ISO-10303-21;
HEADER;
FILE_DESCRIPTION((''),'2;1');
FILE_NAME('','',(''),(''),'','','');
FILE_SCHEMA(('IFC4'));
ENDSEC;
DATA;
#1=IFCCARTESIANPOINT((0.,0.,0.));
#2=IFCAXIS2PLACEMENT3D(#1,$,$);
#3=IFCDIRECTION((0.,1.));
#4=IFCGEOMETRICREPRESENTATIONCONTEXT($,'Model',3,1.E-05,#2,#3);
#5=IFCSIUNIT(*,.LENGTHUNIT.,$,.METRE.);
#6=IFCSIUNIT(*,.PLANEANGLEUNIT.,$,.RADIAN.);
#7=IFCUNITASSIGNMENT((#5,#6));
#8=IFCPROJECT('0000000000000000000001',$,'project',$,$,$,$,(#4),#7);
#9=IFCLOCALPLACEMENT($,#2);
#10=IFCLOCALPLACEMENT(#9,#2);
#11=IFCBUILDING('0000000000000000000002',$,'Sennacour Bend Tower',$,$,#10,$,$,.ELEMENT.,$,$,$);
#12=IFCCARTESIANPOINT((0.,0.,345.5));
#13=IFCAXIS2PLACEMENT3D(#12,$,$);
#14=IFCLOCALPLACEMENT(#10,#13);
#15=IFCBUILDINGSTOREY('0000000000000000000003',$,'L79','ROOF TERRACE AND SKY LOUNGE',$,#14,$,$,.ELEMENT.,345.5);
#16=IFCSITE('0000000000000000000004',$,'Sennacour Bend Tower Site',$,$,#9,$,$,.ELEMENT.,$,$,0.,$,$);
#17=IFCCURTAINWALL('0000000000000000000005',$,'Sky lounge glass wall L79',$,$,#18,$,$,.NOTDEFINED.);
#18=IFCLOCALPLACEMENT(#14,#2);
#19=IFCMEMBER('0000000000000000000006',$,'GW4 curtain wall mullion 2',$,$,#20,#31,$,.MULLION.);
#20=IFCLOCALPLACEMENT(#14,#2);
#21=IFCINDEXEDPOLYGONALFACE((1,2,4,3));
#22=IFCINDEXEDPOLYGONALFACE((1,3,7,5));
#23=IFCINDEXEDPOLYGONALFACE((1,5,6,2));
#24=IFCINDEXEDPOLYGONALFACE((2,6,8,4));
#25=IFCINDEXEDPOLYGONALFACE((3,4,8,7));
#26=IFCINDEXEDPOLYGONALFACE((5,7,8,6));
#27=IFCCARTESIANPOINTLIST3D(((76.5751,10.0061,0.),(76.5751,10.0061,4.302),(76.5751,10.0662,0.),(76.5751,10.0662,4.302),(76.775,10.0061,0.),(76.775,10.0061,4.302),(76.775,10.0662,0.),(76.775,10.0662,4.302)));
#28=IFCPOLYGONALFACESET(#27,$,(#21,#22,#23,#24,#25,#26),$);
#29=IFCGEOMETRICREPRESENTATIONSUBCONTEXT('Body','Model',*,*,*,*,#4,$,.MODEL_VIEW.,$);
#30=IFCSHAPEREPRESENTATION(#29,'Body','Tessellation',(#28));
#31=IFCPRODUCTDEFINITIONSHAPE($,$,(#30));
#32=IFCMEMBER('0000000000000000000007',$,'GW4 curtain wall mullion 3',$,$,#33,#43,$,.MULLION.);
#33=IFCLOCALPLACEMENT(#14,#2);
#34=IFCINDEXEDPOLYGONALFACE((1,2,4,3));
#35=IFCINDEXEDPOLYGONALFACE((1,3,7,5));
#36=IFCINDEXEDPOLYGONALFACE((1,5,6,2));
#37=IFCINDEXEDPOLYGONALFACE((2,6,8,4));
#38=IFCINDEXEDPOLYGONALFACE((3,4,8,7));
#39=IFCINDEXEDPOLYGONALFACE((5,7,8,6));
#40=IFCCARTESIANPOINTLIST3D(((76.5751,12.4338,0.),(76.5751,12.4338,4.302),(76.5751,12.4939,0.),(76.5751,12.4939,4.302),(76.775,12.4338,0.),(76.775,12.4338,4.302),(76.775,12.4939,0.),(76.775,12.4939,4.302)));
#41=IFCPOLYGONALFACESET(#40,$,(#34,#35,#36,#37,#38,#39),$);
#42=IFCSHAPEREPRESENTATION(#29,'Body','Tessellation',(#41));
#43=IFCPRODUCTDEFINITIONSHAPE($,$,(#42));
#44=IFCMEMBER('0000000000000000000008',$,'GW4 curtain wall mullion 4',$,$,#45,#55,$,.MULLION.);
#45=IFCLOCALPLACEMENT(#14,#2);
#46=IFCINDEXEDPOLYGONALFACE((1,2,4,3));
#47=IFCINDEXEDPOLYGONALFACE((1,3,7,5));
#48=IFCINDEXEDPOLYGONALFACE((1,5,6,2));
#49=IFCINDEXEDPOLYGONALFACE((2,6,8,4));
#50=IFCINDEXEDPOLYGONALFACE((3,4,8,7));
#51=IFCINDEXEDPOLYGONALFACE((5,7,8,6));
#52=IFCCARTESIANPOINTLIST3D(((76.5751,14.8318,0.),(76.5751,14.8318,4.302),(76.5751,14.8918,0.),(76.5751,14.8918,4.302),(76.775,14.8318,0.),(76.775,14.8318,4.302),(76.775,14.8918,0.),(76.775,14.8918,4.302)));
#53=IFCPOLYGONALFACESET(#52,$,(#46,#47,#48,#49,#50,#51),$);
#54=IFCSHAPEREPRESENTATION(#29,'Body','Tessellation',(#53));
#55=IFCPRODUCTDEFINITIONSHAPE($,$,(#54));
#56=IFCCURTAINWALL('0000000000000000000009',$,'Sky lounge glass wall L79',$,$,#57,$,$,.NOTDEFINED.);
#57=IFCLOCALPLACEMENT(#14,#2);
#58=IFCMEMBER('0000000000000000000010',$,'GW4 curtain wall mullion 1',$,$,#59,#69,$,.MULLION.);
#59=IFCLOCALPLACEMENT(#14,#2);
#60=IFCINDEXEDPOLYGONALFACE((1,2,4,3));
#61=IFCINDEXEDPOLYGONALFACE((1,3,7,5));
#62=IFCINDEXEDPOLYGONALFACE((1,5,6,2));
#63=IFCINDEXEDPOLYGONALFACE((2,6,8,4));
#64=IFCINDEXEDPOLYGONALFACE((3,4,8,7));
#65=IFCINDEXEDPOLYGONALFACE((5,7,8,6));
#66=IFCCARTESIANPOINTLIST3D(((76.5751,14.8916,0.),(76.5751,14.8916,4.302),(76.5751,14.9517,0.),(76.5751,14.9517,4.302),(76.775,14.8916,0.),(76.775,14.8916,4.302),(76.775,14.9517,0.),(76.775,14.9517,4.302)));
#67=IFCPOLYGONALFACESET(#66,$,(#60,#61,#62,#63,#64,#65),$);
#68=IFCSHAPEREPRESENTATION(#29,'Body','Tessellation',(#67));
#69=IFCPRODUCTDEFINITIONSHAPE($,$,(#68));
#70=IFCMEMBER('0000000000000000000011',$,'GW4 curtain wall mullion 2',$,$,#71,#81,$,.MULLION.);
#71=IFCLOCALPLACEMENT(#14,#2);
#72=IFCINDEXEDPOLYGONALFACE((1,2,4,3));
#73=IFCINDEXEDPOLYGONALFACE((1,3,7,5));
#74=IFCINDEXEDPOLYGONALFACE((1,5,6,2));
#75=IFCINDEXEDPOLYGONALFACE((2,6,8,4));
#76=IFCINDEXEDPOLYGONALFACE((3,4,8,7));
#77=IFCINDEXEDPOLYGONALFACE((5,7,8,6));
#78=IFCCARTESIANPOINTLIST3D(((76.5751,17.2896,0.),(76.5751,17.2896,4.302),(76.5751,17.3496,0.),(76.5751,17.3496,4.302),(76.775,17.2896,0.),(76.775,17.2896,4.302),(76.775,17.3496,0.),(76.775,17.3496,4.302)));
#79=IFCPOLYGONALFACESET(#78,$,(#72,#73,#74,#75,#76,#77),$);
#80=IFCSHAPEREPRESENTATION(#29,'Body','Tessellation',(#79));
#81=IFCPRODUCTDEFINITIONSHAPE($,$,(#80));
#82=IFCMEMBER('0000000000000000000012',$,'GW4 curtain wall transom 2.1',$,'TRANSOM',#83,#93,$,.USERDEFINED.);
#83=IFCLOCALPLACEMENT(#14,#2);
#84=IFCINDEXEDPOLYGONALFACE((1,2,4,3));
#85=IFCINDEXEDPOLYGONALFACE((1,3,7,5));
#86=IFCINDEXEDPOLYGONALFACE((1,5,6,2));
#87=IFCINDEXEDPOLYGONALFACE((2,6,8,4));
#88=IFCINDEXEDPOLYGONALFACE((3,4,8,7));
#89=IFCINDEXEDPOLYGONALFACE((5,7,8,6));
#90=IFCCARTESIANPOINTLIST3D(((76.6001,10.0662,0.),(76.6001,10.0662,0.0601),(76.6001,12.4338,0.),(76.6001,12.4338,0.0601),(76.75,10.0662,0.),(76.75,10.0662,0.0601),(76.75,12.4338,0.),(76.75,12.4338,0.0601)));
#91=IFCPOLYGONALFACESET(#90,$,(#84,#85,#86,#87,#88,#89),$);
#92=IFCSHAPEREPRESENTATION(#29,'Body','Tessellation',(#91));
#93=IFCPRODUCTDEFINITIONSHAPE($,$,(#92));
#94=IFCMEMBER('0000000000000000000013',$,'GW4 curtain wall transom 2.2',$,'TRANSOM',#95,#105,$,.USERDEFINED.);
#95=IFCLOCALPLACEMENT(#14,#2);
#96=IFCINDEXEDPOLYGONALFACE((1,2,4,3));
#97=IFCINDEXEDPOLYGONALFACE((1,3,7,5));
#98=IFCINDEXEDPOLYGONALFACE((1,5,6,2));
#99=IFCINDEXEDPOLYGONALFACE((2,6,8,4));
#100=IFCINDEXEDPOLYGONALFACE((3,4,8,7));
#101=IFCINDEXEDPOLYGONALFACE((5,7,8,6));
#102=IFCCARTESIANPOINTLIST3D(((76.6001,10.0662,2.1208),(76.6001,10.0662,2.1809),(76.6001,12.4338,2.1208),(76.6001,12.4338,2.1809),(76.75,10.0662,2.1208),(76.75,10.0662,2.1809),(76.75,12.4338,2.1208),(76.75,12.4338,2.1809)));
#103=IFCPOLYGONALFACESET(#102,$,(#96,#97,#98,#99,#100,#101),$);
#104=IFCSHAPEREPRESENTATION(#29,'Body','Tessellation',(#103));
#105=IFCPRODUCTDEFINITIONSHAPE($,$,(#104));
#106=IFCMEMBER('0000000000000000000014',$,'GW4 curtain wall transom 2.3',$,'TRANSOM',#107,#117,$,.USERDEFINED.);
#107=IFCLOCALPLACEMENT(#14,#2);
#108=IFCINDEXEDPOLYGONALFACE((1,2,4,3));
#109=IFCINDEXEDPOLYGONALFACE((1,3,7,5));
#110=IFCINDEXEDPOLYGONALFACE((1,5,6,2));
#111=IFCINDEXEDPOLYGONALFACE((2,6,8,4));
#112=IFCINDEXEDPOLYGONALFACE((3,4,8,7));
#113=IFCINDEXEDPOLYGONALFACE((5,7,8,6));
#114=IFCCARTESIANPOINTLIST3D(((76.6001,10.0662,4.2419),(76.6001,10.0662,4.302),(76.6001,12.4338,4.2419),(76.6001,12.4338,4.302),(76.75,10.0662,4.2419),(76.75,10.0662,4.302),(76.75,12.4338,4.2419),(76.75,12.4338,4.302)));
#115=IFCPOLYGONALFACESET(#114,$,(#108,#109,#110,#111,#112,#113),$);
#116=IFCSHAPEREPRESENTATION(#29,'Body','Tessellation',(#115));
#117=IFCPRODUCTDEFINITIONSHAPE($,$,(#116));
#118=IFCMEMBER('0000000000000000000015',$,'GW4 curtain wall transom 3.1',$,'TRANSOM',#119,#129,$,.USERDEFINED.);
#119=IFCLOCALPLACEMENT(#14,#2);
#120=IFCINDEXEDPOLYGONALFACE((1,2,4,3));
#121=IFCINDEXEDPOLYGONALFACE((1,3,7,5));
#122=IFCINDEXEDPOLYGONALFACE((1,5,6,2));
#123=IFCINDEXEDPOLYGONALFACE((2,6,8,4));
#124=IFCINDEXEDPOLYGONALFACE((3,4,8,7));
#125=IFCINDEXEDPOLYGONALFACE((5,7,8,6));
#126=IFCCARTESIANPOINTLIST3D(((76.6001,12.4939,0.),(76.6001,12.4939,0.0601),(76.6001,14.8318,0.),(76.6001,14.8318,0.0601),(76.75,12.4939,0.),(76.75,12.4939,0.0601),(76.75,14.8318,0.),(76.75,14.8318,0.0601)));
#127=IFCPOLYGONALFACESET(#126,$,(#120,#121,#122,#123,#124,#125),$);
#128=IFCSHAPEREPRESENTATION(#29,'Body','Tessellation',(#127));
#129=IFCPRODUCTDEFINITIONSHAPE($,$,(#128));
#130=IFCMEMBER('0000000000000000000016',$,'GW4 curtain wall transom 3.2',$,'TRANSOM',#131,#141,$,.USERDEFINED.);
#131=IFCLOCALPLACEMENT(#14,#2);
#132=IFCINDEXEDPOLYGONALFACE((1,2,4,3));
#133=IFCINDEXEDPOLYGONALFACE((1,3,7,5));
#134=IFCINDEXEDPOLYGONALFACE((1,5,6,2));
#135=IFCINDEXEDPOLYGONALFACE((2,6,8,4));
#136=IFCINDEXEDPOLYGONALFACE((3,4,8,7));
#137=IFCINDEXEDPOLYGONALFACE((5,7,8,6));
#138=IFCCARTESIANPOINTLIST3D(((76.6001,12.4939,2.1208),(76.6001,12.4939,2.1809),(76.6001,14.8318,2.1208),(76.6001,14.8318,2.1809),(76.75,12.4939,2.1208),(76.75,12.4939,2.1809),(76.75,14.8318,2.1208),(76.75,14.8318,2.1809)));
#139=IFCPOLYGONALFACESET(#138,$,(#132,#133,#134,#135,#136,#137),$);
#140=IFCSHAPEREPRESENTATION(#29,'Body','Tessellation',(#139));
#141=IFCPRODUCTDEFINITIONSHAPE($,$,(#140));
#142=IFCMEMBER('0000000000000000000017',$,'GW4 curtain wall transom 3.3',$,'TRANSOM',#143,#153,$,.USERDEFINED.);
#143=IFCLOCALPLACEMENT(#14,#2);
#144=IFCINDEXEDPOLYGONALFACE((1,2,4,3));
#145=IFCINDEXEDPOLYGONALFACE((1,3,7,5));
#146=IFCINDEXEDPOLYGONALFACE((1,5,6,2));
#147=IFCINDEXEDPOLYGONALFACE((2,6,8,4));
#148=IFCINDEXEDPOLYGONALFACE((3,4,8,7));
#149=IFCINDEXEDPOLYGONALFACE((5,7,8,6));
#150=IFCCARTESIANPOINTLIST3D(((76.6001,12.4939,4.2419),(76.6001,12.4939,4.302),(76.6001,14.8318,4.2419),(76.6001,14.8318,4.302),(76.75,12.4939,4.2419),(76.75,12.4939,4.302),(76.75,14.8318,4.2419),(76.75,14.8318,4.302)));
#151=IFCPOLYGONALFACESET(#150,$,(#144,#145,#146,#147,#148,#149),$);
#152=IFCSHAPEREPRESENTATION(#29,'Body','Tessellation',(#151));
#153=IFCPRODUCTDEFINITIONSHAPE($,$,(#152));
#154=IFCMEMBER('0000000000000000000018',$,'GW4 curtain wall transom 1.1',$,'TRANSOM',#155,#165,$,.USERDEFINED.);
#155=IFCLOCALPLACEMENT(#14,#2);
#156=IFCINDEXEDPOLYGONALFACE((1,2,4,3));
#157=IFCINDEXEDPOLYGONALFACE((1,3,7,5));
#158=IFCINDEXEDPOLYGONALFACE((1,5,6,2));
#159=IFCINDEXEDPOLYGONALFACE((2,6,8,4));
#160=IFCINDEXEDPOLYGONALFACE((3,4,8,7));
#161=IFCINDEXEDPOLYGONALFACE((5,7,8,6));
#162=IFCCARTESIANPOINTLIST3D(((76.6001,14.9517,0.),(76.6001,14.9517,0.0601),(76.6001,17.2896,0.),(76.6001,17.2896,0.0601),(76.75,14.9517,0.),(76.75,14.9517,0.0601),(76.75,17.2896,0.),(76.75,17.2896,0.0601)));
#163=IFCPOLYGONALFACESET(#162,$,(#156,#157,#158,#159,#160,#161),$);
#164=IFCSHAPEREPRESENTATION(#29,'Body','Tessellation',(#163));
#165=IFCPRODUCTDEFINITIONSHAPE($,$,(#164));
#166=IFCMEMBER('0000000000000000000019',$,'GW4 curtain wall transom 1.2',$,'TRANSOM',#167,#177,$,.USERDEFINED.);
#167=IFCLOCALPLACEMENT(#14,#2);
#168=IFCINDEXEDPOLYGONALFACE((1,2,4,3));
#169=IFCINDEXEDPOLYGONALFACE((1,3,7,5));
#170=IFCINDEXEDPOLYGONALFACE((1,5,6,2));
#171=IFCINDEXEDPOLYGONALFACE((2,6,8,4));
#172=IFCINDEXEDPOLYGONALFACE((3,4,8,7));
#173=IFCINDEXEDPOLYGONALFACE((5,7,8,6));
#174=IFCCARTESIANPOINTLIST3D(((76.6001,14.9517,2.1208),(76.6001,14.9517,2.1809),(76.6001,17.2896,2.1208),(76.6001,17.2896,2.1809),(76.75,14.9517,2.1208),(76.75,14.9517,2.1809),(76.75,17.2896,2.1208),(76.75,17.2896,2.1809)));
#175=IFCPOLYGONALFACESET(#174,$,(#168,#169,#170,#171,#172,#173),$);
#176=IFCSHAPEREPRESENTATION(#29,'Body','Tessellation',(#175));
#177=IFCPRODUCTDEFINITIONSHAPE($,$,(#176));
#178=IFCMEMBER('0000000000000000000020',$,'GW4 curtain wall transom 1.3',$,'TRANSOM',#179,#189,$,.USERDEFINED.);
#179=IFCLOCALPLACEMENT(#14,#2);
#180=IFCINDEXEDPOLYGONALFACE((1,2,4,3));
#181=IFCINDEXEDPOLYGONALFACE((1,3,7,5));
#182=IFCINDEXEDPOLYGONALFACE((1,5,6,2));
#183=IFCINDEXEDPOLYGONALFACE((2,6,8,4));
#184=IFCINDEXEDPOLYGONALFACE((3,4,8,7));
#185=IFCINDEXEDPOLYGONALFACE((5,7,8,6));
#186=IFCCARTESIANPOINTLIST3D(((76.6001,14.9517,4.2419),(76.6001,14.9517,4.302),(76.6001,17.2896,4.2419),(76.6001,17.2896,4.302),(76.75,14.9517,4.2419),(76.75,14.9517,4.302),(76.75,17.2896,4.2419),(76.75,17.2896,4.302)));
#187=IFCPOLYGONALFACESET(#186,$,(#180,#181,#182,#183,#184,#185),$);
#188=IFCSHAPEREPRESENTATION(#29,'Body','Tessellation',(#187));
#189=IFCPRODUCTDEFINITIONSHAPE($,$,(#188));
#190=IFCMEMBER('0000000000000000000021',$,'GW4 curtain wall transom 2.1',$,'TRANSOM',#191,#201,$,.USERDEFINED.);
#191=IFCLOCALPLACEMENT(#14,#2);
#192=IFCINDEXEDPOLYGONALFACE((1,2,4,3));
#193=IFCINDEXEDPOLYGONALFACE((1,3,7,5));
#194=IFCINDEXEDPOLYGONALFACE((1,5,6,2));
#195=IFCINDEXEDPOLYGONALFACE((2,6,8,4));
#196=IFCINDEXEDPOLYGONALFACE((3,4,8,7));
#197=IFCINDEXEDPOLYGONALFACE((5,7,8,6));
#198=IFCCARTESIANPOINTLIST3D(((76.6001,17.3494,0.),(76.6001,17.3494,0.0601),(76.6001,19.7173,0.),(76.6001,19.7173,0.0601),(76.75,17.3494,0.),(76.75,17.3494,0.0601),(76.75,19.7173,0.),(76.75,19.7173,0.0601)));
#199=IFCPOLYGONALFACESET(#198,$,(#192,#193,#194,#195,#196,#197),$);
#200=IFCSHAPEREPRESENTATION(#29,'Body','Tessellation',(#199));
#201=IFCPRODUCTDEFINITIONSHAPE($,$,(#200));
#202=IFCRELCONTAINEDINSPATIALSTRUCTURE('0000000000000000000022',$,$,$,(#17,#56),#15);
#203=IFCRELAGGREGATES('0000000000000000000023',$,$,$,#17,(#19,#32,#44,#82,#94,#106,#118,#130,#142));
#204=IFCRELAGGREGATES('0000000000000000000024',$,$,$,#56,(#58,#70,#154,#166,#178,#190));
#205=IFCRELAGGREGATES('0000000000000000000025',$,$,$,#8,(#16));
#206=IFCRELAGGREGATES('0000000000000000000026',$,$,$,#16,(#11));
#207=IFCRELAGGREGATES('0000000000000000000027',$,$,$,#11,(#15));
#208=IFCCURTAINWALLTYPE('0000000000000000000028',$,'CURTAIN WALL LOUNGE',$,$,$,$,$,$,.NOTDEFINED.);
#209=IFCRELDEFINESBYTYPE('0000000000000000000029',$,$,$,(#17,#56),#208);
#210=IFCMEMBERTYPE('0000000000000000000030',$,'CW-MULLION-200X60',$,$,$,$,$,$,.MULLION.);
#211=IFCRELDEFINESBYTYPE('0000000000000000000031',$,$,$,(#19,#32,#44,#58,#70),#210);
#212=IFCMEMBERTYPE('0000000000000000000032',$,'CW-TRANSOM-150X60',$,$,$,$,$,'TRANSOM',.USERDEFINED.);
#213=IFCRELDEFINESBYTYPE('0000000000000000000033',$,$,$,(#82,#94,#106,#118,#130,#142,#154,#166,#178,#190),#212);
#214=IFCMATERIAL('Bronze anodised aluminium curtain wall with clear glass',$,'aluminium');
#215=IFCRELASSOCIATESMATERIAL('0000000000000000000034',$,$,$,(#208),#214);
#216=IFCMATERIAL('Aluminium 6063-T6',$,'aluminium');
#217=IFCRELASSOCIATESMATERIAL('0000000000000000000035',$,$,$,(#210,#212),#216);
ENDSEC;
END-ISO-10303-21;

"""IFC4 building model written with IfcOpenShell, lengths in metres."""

from ifc_helpers import new_model, si_unit, direction, frame, origin, origin_2d, place, context, subcontext, project, spatial, rectangle, extrude, material, material_profile, profile_set, type_object, element, aggregate, save


model = new_model("IFC4")

# Units and contexts
model_context = context("Model", 3, precision=1e-05, world=origin(), true_north=direction((0.0, 1.0)))
body_context = subcontext(model_context, "Body", "Model", "MODEL_VIEW")
ifc_project = project(units=[si_unit("LENGTHUNIT", "METRE"), si_unit("PLANEANGLEUNIT", "RADIAN")], contexts=[model_context])

# Site, building, storey
site_placement = place(None, origin())
site = spatial("IfcSite", under=ifc_project, at=site_placement, Name="Sennacour Bend Tower Site", CompositionType="ELEMENT", RefElevation=0.0)
building_placement = place(site_placement, origin())
building = spatial("IfcBuilding", under=site, at=building_placement, Name="Sennacour Bend Tower", CompositionType="ELEMENT")
storey_placement = place(building_placement, frame((0.0, 0.0, 345.5)))
storey = spatial("IfcBuildingStorey", under=building, at=storey_placement, Name="L79", Description="ROOF TERRACE AND SKY LOUNGE", CompositionType="ELEMENT", Elevation=345.5)

# Curtain walls, members
ifc_material_1 = material(Name="Bronze anodised aluminium curtain wall with clear glass", Category="aluminium")
curtain_wall_type = type_object("IfcCurtainWallType", Name="CURTAIN WALL LOUNGE", PredefinedType="NOTDEFINED", material=ifc_material_1)
curtain_wall_1_placement = place(storey_placement, origin())
curtain_wall_1 = element("IfcCurtainWall", 1, at=curtain_wall_1_placement, inside=storey, type_object=curtain_wall_type, Name="Sky lounge glass wall L79", PredefinedType="NOTDEFINED")
ifc_material_2 = material(Name="Aluminium 6063-T6", Category="aluminium")
ifc_material_profile_1 = material_profile(ifc_material_2, rectangle(XDim=0.2, YDim=0.0601, at=origin_2d()), Name="Aluminium 6063-T6", Category="aluminium")
ifc_profile_set_1 = profile_set([ifc_material_profile_1], Name="Aluminium 6063-T6")
member_type_1 = type_object("IfcMemberType", Name="CW-MULLION-200X60", PredefinedType="MULLION", material=ifc_profile_set_1)
member_1_placement = place(storey_placement, frame((76.675, 10.0361, 0.0), z_axis=(0.0, 0.0, 1.0), x_axis=(-1.0, 0.0, 0.0)))
member_1 = element("IfcMember", 2, at=member_1_placement, type_object=member_type_1, Name="GW4 curtain wall mullion 2", PredefinedType="MULLION", context=body_context, shape_type="SweptSolid", body=[
    extrude(rectangle(XDim=0.2, YDim=0.0601, at=origin_2d()), origin(), (0.0, 0.0, 1.0), 4.302),
])
member_2_placement = place(storey_placement, frame((76.675, 12.4639, 0.0), z_axis=(0.0, 0.0, 1.0), x_axis=(-1.0, 0.0, 0.0)))
member_2 = element("IfcMember", 3, at=member_2_placement, type_object=member_type_1, Name="GW4 curtain wall mullion 3", PredefinedType="MULLION", context=body_context, shape_type="SweptSolid", body=[
    extrude(rectangle(XDim=0.2, YDim=0.0601, at=origin_2d()), origin(), (0.0, 0.0, 1.0), 4.302),
])
member_3_placement = place(storey_placement, frame((76.675, 14.8618, 0.0), z_axis=(0.0, 0.0, 1.0), x_axis=(-1.0, 0.0, 0.0)))
member_3 = element("IfcMember", 4, at=member_3_placement, type_object=member_type_1, Name="GW4 curtain wall mullion 4", PredefinedType="MULLION", context=body_context, shape_type="SweptSolid", body=[
    extrude(rectangle(XDim=0.2, YDim=0.0601, at=origin_2d()), origin(), (0.0, 0.0, 1.0), 4.302),
])
curtain_wall_2_placement = place(storey_placement, origin())
curtain_wall_2 = element("IfcCurtainWall", 5, at=curtain_wall_2_placement, inside=storey, type_object=curtain_wall_type, Name="Sky lounge glass wall L79", PredefinedType="NOTDEFINED")
member_4_placement = place(storey_placement, frame((76.675, 14.9216, 0.0), z_axis=(0.0, 0.0, 1.0), x_axis=(-1.0, 0.0, 0.0)))
member_4 = element("IfcMember", 6, at=member_4_placement, type_object=member_type_1, Name="GW4 curtain wall mullion 1", PredefinedType="MULLION", context=body_context, shape_type="SweptSolid", body=[
    extrude(rectangle(XDim=0.2, YDim=0.0601, at=origin_2d()), origin(), (0.0, 0.0, 1.0), 4.302),
])
member_5_placement = place(storey_placement, frame((76.675, 17.3196, 0.0), z_axis=(0.0, 0.0, 1.0), x_axis=(-1.0, 0.0, 0.0)))
member_5 = element("IfcMember", 7, at=member_5_placement, type_object=member_type_1, Name="GW4 curtain wall mullion 2", PredefinedType="MULLION", context=body_context, shape_type="SweptSolid", body=[
    extrude(rectangle(XDim=0.2, YDim=0.0601, at=origin_2d()), origin(), (0.0, 0.0, 1.0), 4.302),
])

# Members
ifc_material_profile_2 = material_profile(ifc_material_2, rectangle(XDim=0.1499, YDim=0.0601, at=origin_2d()), Name="Aluminium 6063-T6", Category="aluminium")
ifc_profile_set_2 = profile_set([ifc_material_profile_2], Name="Aluminium 6063-T6")
member_type_2 = type_object("IfcMemberType", Name="CW-TRANSOM-150X60", ElementType="TRANSOM", PredefinedType="USERDEFINED", material=ifc_profile_set_2)
member_6_placement = place(storey_placement, frame((76.675, 10.0662, 0.03), z_axis=(0.0, 1.0, 0.0), x_axis=(-1.0, 0.0, 0.0)))
member_6 = element("IfcMember", 8, at=member_6_placement, type_object=member_type_2, Name="GW4 curtain wall transom 2.1", ObjectType="TRANSOM", PredefinedType="USERDEFINED", context=body_context, shape_type="SweptSolid", body=[
    extrude(rectangle(XDim=0.1499, YDim=0.0601, at=origin_2d()), origin(), (0.0, 0.0, 1.0), 2.3677),
])
member_7_placement = place(storey_placement, frame((76.675, 10.0662, 2.1509), z_axis=(0.0, 1.0, 0.0), x_axis=(-1.0, 0.0, 0.0)))
member_7 = element("IfcMember", 9, at=member_7_placement, type_object=member_type_2, Name="GW4 curtain wall transom 2.2", ObjectType="TRANSOM", PredefinedType="USERDEFINED", context=body_context, shape_type="SweptSolid", body=[
    extrude(rectangle(XDim=0.1499, YDim=0.0601, at=origin_2d()), origin(), (0.0, 0.0, 1.0), 2.3677),
])
member_8_placement = place(storey_placement, frame((76.675, 10.0662, 4.272), z_axis=(0.0, 1.0, 0.0), x_axis=(-1.0, 0.0, 0.0)))
member_8 = element("IfcMember", 10, at=member_8_placement, type_object=member_type_2, Name="GW4 curtain wall transom 2.3", ObjectType="TRANSOM", PredefinedType="USERDEFINED", context=body_context, shape_type="SweptSolid", body=[
    extrude(rectangle(XDim=0.1499, YDim=0.0601, at=origin_2d()), origin(), (0.0, 0.0, 1.0), 2.3677),
])
member_9_placement = place(storey_placement, frame((76.675, 12.4939, 0.03), z_axis=(0.0, 1.0, 0.0), x_axis=(-1.0, 0.0, 0.0)))
member_9 = element("IfcMember", 11, at=member_9_placement, type_object=member_type_2, Name="GW4 curtain wall transom 3.1", ObjectType="TRANSOM", PredefinedType="USERDEFINED", context=body_context, shape_type="SweptSolid", body=[
    extrude(rectangle(XDim=0.1499, YDim=0.0601, at=origin_2d()), origin(), (0.0, 0.0, 1.0), 2.3379),
])
member_10_placement = place(storey_placement, frame((76.675, 12.4939, 2.1509), z_axis=(0.0, 1.0, 0.0), x_axis=(-1.0, 0.0, 0.0)))
member_10 = element("IfcMember", 12, at=member_10_placement, type_object=member_type_2, Name="GW4 curtain wall transom 3.2", ObjectType="TRANSOM", PredefinedType="USERDEFINED", context=body_context, shape_type="SweptSolid", body=[
    extrude(rectangle(XDim=0.1499, YDim=0.0601, at=origin_2d()), origin(), (0.0, 0.0, 1.0), 2.3379),
])
member_11_placement = place(storey_placement, frame((76.675, 12.4939, 4.272), z_axis=(0.0, 1.0, 0.0), x_axis=(-1.0, 0.0, 0.0)))
member_11 = element("IfcMember", 13, at=member_11_placement, type_object=member_type_2, Name="GW4 curtain wall transom 3.3", ObjectType="TRANSOM", PredefinedType="USERDEFINED", context=body_context, shape_type="SweptSolid", body=[
    extrude(rectangle(XDim=0.1499, YDim=0.0601, at=origin_2d()), origin(), (0.0, 0.0, 1.0), 2.3379),
])
member_12_placement = place(storey_placement, frame((76.675, 14.9517, 0.03), z_axis=(0.0, 1.0, 0.0), x_axis=(-1.0, 0.0, 0.0)))
member_12 = element("IfcMember", 14, at=member_12_placement, type_object=member_type_2, Name="GW4 curtain wall transom 1.1", ObjectType="TRANSOM", PredefinedType="USERDEFINED", context=body_context, shape_type="SweptSolid", body=[
    extrude(rectangle(XDim=0.1499, YDim=0.0601, at=origin_2d()), origin(), (0.0, 0.0, 1.0), 2.3379),
])
member_13_placement = place(storey_placement, frame((76.675, 14.9517, 2.1509), z_axis=(0.0, 1.0, 0.0), x_axis=(-1.0, 0.0, 0.0)))
member_13 = element("IfcMember", 15, at=member_13_placement, type_object=member_type_2, Name="GW4 curtain wall transom 1.2", ObjectType="TRANSOM", PredefinedType="USERDEFINED", context=body_context, shape_type="SweptSolid", body=[
    extrude(rectangle(XDim=0.1499, YDim=0.0601, at=origin_2d()), origin(), (0.0, 0.0, 1.0), 2.3379),
])
member_14_placement = place(storey_placement, frame((76.675, 14.9517, 4.272), z_axis=(0.0, 1.0, 0.0), x_axis=(-1.0, 0.0, 0.0)))
member_14 = element("IfcMember", 16, at=member_14_placement, type_object=member_type_2, Name="GW4 curtain wall transom 1.3", ObjectType="TRANSOM", PredefinedType="USERDEFINED", context=body_context, shape_type="SweptSolid", body=[
    extrude(rectangle(XDim=0.1499, YDim=0.0601, at=origin_2d()), origin(), (0.0, 0.0, 1.0), 2.3379),
])
member_15_placement = place(storey_placement, frame((76.675, 17.3494, 0.03), z_axis=(0.0, 1.0, 0.0), x_axis=(-1.0, 0.0, 0.0)))
member_15 = element("IfcMember", 17, at=member_15_placement, type_object=member_type_2, Name="GW4 curtain wall transom 2.1", ObjectType="TRANSOM", PredefinedType="USERDEFINED", context=body_context, shape_type="SweptSolid", body=[
    extrude(rectangle(XDim=0.1499, YDim=0.0601, at=origin_2d()), origin(), (0.0, 0.0, 1.0), 2.3679),
])

aggregate(curtain_wall_1, [member_1, member_2, member_3, member_6, member_7, member_8, member_9, member_10, member_11])
aggregate(curtain_wall_2, [member_4, member_5, member_12, member_13, member_14, member_15])

save(model, "model.ifc")
